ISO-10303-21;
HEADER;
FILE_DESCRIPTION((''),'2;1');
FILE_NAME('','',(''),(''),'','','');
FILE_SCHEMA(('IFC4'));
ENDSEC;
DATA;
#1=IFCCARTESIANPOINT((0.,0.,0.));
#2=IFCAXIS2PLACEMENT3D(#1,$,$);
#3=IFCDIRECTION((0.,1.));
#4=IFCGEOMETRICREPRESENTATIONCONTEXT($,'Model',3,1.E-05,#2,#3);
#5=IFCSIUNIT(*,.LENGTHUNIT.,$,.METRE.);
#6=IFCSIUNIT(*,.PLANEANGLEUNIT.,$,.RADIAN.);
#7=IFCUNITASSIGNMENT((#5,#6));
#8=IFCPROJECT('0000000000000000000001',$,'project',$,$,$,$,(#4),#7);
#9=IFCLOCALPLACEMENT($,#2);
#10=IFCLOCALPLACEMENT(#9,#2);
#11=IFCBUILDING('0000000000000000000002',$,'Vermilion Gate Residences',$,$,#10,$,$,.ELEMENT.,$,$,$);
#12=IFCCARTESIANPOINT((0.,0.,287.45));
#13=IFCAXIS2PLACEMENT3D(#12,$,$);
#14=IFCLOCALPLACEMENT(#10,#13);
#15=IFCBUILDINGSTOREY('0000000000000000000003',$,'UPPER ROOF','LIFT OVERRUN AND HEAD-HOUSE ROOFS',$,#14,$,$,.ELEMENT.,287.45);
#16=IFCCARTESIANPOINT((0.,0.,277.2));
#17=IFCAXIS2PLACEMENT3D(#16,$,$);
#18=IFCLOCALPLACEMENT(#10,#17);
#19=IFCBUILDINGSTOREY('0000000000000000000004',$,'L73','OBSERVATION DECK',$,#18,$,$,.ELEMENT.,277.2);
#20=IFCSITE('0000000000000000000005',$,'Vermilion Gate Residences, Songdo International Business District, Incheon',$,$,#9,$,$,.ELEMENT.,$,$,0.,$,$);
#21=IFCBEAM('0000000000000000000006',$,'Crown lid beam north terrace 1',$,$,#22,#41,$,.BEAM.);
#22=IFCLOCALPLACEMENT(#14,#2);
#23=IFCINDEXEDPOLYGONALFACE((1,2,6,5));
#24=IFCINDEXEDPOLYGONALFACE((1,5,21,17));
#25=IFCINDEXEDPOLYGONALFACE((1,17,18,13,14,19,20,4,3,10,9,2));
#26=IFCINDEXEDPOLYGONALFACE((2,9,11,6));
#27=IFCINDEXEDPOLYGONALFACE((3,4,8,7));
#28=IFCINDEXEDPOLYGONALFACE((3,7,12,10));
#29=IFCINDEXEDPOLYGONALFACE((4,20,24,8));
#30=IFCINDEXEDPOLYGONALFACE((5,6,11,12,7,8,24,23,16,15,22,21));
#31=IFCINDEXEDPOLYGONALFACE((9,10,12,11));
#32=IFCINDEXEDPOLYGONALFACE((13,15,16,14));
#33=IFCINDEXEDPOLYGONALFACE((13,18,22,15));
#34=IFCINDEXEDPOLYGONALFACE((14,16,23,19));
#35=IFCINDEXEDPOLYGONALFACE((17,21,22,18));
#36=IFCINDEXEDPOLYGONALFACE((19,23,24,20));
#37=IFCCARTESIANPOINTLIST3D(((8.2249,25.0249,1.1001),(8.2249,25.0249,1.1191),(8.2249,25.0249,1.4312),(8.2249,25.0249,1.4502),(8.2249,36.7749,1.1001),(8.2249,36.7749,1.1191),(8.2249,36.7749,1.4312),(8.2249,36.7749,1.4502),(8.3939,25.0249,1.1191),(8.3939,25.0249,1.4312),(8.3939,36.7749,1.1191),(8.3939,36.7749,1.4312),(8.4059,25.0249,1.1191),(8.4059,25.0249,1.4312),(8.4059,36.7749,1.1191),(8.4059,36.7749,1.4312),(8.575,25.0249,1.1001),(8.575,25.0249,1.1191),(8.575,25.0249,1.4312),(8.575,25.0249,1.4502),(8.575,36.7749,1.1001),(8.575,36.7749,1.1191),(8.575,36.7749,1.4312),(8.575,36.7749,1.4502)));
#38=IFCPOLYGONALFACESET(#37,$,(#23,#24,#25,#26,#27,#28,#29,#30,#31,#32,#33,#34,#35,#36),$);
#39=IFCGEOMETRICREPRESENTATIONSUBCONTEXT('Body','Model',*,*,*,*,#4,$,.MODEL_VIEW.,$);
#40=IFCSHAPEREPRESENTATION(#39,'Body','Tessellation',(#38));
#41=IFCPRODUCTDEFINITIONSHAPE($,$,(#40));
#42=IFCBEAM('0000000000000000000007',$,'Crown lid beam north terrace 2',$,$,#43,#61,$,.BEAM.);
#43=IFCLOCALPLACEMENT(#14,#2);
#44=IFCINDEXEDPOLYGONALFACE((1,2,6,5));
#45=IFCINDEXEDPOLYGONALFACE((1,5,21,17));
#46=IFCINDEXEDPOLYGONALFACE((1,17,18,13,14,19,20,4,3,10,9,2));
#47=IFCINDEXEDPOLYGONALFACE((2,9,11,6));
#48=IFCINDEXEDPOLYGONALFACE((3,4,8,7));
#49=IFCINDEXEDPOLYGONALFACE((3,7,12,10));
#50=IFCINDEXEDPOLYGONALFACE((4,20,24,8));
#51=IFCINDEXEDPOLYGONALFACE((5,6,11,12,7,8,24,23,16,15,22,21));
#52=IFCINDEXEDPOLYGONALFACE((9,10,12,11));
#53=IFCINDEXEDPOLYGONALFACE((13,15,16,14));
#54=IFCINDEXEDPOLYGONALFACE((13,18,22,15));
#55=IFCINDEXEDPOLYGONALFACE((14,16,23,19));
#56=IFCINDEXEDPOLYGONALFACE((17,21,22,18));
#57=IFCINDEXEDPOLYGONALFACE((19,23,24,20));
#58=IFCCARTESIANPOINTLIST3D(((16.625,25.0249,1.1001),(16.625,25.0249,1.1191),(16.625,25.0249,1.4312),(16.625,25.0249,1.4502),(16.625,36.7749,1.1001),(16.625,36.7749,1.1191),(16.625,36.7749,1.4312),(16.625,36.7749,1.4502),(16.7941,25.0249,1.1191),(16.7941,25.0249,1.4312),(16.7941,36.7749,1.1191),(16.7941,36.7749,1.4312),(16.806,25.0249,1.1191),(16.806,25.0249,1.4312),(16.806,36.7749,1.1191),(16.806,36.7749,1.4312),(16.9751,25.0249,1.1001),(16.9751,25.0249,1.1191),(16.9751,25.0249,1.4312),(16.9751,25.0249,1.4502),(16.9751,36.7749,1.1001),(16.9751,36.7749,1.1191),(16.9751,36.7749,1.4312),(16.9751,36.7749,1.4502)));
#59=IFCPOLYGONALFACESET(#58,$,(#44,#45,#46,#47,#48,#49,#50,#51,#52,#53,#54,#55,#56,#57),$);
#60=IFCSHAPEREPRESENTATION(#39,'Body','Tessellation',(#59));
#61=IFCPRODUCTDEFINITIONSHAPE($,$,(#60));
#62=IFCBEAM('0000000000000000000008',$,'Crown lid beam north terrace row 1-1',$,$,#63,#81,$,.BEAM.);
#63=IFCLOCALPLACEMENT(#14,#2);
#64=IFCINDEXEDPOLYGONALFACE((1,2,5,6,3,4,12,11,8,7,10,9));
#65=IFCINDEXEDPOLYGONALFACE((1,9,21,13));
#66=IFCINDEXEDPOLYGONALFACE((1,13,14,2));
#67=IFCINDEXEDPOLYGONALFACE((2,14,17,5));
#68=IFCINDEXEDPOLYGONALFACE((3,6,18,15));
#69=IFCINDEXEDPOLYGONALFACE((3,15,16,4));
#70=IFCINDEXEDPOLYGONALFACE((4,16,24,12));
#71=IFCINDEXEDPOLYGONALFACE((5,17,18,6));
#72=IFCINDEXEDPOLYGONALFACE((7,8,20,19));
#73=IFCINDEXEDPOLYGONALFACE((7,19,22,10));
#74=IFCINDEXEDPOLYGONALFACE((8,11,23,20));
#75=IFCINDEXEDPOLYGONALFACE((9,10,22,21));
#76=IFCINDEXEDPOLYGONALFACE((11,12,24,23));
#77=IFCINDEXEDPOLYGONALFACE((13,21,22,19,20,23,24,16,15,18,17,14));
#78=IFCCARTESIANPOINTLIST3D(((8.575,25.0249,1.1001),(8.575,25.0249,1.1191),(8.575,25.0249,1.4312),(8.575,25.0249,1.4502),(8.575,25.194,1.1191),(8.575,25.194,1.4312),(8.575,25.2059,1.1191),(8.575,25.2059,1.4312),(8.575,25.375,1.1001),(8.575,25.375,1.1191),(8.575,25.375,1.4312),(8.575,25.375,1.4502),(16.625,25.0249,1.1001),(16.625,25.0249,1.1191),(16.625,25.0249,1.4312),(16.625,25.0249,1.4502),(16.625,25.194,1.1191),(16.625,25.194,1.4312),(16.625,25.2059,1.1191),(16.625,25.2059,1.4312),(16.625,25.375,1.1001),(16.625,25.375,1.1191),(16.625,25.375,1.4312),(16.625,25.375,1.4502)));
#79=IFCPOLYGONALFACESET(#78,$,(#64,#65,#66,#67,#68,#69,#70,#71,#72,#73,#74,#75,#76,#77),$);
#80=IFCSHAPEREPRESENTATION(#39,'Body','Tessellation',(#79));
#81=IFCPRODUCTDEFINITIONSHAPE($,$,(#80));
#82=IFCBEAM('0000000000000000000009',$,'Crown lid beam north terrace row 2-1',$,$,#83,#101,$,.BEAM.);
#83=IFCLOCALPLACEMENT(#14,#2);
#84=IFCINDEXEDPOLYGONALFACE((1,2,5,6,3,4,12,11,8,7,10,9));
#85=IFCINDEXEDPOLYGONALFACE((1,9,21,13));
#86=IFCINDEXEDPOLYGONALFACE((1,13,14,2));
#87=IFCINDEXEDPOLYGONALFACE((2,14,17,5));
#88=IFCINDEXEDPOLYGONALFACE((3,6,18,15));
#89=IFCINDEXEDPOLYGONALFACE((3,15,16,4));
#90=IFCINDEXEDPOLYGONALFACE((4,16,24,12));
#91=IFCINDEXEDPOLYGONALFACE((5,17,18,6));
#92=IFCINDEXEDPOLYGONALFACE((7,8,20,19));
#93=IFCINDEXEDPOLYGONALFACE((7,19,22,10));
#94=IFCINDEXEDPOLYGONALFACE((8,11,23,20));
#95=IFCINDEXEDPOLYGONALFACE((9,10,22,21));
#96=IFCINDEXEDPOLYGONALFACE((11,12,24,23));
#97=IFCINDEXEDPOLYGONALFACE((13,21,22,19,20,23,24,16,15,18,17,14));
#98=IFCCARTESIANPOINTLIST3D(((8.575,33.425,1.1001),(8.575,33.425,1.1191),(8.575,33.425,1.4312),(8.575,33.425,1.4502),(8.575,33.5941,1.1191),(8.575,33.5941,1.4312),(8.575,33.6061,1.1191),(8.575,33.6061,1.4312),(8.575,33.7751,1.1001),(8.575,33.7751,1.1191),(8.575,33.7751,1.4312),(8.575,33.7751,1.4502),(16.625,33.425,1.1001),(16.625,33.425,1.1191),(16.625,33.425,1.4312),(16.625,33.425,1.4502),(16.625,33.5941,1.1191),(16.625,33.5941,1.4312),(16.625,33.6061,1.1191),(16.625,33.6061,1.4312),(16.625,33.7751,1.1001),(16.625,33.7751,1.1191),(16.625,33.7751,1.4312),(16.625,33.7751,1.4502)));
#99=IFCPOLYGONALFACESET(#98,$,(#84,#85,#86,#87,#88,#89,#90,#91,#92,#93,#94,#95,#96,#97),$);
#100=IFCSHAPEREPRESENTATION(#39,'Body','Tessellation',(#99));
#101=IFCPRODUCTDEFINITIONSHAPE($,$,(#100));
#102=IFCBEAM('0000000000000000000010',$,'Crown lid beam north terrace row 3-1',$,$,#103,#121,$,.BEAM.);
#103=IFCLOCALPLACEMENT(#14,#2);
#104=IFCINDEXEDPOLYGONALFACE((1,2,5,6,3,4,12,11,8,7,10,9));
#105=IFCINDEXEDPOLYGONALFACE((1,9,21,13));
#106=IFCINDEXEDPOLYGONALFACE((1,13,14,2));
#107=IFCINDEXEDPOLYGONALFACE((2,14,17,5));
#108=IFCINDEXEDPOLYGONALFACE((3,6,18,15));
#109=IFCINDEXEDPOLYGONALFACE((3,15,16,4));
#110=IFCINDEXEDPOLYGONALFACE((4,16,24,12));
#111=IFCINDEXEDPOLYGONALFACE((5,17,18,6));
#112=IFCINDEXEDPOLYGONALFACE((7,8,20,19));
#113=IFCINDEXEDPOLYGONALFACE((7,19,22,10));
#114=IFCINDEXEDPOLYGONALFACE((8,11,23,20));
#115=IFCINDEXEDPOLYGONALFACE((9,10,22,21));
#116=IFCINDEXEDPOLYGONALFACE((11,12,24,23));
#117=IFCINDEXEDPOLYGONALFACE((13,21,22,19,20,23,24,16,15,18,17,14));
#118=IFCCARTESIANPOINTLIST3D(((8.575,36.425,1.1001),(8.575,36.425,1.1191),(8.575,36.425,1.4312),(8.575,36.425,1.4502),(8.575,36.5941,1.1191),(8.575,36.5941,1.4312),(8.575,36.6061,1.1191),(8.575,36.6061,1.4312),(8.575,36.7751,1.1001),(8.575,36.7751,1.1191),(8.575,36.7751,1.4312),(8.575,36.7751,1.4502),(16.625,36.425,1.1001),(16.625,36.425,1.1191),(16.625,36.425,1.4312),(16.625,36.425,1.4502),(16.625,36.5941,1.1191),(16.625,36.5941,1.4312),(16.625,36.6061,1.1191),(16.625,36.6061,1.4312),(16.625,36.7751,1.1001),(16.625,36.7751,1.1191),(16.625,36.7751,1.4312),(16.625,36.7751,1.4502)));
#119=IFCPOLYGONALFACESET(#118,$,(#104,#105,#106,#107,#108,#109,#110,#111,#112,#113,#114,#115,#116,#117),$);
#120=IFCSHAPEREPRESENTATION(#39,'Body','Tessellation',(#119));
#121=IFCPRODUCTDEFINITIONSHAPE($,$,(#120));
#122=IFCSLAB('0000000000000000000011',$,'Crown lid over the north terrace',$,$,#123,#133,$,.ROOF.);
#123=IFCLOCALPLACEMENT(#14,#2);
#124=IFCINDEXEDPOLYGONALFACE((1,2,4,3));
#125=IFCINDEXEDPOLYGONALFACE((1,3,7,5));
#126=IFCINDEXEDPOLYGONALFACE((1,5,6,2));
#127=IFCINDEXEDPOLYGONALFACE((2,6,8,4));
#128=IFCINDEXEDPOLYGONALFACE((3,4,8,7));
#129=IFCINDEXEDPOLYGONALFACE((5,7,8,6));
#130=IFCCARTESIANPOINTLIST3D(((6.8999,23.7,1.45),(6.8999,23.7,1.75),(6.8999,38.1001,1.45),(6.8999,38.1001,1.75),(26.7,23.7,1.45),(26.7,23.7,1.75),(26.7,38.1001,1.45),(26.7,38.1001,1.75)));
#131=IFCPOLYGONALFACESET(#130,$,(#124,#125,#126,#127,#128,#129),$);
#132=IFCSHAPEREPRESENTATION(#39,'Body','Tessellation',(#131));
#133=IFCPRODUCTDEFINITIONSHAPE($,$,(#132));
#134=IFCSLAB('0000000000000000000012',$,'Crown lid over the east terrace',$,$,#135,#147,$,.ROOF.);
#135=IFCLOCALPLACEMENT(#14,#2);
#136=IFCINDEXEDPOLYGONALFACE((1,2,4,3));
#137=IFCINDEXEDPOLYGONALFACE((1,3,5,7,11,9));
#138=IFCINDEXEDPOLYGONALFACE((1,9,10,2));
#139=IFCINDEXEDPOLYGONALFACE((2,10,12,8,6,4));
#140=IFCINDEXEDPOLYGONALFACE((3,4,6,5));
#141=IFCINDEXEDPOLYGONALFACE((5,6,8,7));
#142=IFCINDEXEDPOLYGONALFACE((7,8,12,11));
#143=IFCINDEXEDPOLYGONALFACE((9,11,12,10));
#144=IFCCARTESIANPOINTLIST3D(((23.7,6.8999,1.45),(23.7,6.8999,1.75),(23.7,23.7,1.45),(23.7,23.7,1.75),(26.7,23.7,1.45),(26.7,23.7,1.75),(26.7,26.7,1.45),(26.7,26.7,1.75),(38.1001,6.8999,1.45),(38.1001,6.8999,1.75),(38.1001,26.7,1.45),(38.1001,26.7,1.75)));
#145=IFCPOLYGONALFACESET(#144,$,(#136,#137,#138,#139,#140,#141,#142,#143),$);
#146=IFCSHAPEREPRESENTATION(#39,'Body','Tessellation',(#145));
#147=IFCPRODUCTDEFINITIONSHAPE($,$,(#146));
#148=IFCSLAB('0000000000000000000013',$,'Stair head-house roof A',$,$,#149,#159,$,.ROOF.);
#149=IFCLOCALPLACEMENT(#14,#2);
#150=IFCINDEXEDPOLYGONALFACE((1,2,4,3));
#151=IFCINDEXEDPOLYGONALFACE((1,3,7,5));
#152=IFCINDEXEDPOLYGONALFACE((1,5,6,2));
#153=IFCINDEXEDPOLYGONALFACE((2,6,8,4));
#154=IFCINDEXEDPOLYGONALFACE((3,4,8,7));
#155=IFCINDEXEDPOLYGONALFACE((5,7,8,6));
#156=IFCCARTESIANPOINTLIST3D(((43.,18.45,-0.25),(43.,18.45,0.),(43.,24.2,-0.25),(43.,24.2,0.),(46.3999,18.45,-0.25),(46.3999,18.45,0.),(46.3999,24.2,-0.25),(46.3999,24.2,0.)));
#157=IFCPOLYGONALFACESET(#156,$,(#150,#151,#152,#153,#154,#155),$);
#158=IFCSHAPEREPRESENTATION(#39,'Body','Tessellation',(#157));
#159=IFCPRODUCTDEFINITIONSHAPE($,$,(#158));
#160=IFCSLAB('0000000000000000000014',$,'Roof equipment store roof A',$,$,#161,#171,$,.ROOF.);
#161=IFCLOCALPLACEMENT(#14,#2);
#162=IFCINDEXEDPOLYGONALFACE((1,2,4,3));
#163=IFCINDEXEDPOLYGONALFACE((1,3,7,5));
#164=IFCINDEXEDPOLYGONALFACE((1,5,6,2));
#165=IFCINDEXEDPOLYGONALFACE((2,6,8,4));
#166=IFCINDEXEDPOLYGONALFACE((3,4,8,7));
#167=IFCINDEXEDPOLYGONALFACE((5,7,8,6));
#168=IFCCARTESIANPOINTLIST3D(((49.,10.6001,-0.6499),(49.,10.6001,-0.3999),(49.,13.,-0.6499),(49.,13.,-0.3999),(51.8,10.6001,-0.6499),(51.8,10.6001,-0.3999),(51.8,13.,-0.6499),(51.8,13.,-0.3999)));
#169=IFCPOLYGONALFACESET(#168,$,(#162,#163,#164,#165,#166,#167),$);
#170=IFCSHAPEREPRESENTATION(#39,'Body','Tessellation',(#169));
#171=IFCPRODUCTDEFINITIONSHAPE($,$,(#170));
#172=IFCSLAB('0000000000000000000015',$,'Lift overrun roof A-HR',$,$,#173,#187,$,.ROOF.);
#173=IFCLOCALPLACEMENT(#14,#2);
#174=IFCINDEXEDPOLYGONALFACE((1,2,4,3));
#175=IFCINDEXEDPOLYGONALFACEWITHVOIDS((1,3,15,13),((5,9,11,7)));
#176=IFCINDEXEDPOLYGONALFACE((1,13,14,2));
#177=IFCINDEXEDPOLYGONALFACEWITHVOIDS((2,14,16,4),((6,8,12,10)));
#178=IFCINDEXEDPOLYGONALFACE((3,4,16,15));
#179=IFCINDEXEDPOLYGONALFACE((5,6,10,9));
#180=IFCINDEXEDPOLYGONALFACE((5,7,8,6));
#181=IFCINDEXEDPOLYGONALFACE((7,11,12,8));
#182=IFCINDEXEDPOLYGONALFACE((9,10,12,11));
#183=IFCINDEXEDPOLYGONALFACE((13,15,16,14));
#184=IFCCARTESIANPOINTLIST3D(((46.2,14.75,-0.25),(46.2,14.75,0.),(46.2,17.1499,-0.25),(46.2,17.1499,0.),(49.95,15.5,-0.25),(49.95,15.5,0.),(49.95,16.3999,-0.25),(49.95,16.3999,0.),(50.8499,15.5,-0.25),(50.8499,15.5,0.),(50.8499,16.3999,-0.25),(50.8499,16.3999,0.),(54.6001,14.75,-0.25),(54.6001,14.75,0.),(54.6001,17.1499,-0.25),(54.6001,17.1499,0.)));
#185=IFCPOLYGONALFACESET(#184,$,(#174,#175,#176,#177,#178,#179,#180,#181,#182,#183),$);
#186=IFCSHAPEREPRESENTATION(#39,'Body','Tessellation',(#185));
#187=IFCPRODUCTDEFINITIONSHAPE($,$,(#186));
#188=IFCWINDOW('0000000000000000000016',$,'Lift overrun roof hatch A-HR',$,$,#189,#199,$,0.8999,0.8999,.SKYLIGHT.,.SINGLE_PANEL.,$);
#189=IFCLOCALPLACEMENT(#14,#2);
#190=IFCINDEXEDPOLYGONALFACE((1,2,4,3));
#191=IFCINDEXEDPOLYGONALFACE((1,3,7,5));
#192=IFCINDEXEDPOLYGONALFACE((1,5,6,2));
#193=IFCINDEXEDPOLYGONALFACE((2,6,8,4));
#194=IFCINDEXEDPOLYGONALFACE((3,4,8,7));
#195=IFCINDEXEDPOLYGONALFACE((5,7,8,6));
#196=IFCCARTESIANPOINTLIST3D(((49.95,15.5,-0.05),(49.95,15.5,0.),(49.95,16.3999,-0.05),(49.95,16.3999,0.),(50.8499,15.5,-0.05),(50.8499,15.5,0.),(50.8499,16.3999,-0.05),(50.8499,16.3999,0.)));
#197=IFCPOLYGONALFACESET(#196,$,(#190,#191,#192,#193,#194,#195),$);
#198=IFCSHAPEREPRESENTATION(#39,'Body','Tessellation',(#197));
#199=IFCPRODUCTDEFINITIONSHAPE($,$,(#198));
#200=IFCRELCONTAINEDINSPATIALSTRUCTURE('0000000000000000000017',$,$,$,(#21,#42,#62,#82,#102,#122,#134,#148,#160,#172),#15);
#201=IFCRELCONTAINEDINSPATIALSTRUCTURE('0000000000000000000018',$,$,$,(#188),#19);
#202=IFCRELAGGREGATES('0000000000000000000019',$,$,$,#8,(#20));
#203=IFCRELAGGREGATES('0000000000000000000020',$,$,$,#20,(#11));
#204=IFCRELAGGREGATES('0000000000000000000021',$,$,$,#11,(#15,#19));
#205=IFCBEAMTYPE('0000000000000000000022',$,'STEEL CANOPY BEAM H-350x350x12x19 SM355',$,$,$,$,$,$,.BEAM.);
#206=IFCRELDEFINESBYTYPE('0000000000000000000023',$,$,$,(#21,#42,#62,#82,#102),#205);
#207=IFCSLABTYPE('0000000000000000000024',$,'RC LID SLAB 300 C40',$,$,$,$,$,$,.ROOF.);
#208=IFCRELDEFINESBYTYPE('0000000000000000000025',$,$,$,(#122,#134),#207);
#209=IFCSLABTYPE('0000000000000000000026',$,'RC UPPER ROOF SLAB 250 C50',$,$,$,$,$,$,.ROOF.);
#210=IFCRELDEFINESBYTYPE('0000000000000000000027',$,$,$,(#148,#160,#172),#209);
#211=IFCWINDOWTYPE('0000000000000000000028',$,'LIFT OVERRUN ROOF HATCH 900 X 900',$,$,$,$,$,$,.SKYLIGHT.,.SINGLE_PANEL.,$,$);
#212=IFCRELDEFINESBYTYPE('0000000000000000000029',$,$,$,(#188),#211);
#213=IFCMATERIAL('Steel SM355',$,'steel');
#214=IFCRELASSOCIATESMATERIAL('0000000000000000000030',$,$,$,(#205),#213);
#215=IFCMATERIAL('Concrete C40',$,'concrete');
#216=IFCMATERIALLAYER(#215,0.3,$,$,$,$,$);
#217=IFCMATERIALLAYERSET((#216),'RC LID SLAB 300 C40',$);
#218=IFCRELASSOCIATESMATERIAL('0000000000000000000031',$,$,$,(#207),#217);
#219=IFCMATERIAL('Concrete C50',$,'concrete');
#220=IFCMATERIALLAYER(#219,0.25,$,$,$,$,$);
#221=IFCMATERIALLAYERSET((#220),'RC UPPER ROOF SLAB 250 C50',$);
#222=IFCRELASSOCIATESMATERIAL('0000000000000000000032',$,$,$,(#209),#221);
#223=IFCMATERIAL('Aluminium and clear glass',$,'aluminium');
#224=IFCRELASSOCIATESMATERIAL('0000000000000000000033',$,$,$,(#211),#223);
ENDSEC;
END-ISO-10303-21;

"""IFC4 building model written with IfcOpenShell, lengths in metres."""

from ifc_helpers import new_model, si_unit, direction, frame, origin, origin_2d, place, context, subcontext, project, spatial, polyline, rectangle, i_section, outline, extrude, material, layer, layer_set, material_profile, profile_set, type_object, element, fill, save


model = new_model("IFC4")

# Units and contexts
model_context = context("Model", 3, precision=1e-05, world=origin(), true_north=direction((0.0, 1.0)))
body_context = subcontext(model_context, "Body", "Model", "MODEL_VIEW")
ifc_project = project(units=[si_unit("LENGTHUNIT", "METRE"), si_unit("PLANEANGLEUNIT", "RADIAN")], contexts=[model_context])

# Site, building, storey
site_placement = place(None, origin())
site = spatial("IfcSite", under=ifc_project, at=site_placement, Name="Vermilion Gate Residences, Songdo International Business District, Incheon", CompositionType="ELEMENT", RefElevation=0.0)
building_placement = place(site_placement, origin())
building = spatial("IfcBuilding", under=site, at=building_placement, Name="Vermilion Gate Residences", CompositionType="ELEMENT")
storey_1_placement = place(building_placement, frame((0.0, 0.0, 287.45)))
storey_1 = spatial("IfcBuildingStorey", under=building, at=storey_1_placement, Name="UPPER ROOF", Description="LIFT OVERRUN AND HEAD-HOUSE ROOFS", CompositionType="ELEMENT", Elevation=287.45)

# Beams
ifc_material_1 = material(Name="Steel SM355", Category="steel")
ifc_material_profile = material_profile(ifc_material_1, i_section(OverallWidth=0.3501, OverallDepth=0.3501, WebThickness=0.012, FlangeThickness=0.019, at=origin_2d()), Name="H-350x350x12x19")
ifc_profile_set = profile_set([ifc_material_profile], Name="Steel SM355")
beam_type = type_object("IfcBeamType", Name="STEEL CANOPY BEAM H-350x350x12x19 SM355", PredefinedType="BEAM", material=ifc_profile_set)
for number, where, z_axis, x_axis, name in (
    (1, (8.3999, 25.0249, 1.2751), (0.0, 1.0, 0.0), (-1.0, 0.0, 0.0), "Crown lid beam north terrace 1"),
    (2, (16.8, 25.0249, 1.2751), (0.0, 1.0, 0.0), (-1.0, 0.0, 0.0), "Crown lid beam north terrace 2"),
):
    element("IfcBeam", number, at=place(storey_1_placement, frame(where, z_axis=z_axis, x_axis=x_axis)), inside=storey_1, type_object=beam_type, Name=name, PredefinedType="BEAM", context=body_context, shape_type="SweptSolid", body=[
        extrude(i_section(OverallWidth=0.3501, OverallDepth=0.3501, WebThickness=0.012, FlangeThickness=0.019, at=origin_2d()), origin(), (0.0, 0.0, 1.0), 11.75),
    ])
for number, where, z_axis, x_axis, name in (
    (3, (8.575, 25.2, 1.2751), (1.0, 0.0, 0.0), (0.0, 1.0, 0.0), "Crown lid beam north terrace row 1-1"),
    (4, (8.575, 33.6001, 1.2751), (1.0, 0.0, 0.0), (0.0, 1.0, 0.0), "Crown lid beam north terrace row 2-1"),
    (5, (8.575, 36.6001, 1.2751), (1.0, 0.0, 0.0), (0.0, 1.0, 0.0), "Crown lid beam north terrace row 3-1"),
):
    element("IfcBeam", number, at=place(storey_1_placement, frame(where, z_axis=z_axis, x_axis=x_axis)), inside=storey_1, type_object=beam_type, Name=name, PredefinedType="BEAM", context=body_context, shape_type="SweptSolid", body=[
        extrude(i_section(OverallWidth=0.3501, OverallDepth=0.3501, WebThickness=0.012, FlangeThickness=0.019, at=origin_2d()), origin(), (0.0, 0.0, 1.0), 8.05),
    ])

# Slabs
ifc_material_2 = material(Name="Concrete C40", Category="concrete")
ifc_layer_1 = layer(ifc_material_2, 0.3)
ifc_layer_set_1 = layer_set([ifc_layer_1], Name="RC LID SLAB 300 C40")
slab_type_1 = type_object("IfcSlabType", Name="RC LID SLAB 300 C40", PredefinedType="ROOF", material=ifc_layer_set_1)
slab_1_placement = place(storey_1_placement, frame((0.0, 0.0, 1.45)))
element("IfcSlab", 6, at=slab_1_placement, inside=storey_1, type_object=slab_type_1, Name="Crown lid over the north terrace", PredefinedType="ROOF", context=body_context, shape_type="SweptSolid", body=[
    extrude(outline(polyline([(26.7, 23.7), (26.7, 38.1001), (6.8999, 38.1001), (6.8999, 23.7), (26.7, 23.7)])), origin(), (0.0, 0.0, 1.0), 0.3),
])
slab_2_placement = place(storey_1_placement, frame((0.0, 0.0, 1.45)))
element("IfcSlab", 7, at=slab_2_placement, inside=storey_1, type_object=slab_type_1, Name="Crown lid over the east terrace", PredefinedType="ROOF", context=body_context, shape_type="SweptSolid", body=[
    extrude(outline(polyline([(38.1001, 26.7), (26.7, 26.7), (26.7, 23.7), (23.7, 23.7), (23.7, 6.8999), (38.1001, 6.8999), (38.1001, 26.7)])), origin(), (0.0, 0.0, 1.0), 0.3),
])
ifc_material_3 = material(Name="Concrete C50", Category="concrete")
ifc_layer_2 = layer(ifc_material_3, 0.25)
ifc_layer_set_2 = layer_set([ifc_layer_2], Name="RC UPPER ROOF SLAB 250 C50")
slab_type_2 = type_object("IfcSlabType", Name="RC UPPER ROOF SLAB 250 C50", PredefinedType="ROOF", material=ifc_layer_set_2)
slab_3_placement = place(storey_1_placement, frame((0.0, 0.0, -0.25)))
element("IfcSlab", 8, at=slab_3_placement, inside=storey_1, type_object=slab_type_2, Name="Stair head-house roof A", PredefinedType="ROOF", context=body_context, shape_type="SweptSolid", body=[
    extrude(outline(polyline([(46.3999, 18.45), (46.3999, 24.2), (43.0, 24.2), (43.0, 18.45), (46.3999, 18.45)])), origin(), (0.0, 0.0, 1.0), 0.25),
])
slab_4_placement = place(storey_1_placement, frame((0.0, 0.0, -0.6499)))
element("IfcSlab", 9, at=slab_4_placement, inside=storey_1, type_object=slab_type_2, Name="Roof equipment store roof A", PredefinedType="ROOF", context=body_context, shape_type="SweptSolid", body=[
    extrude(outline(polyline([(51.8, 10.6001), (51.8, 13.0), (49.0, 13.0), (49.0, 10.6001), (51.8, 10.6001)])), origin(), (0.0, 0.0, 1.0), 0.25),
])

# Slab, opening
slab_5_placement = place(storey_1_placement, frame((0.0, 0.0, -0.25)))
slab_5 = element("IfcSlab", 10, at=slab_5_placement, inside=storey_1, type_object=slab_type_2, Name="Lift overrun roof A-HR", PredefinedType="ROOF", context=body_context, shape_type="SweptSolid", body=[
    extrude(outline(polyline([(54.6001, 14.75), (54.6001, 17.1499), (46.2, 17.1499), (46.2, 14.75), (54.6001, 14.75)])), origin(), (0.0, 0.0, 1.0), 0.25),
])
opening_1_placement = place(slab_5_placement, frame((50.3999, 15.95, 0.0)))
opening_1 = element("IfcOpeningElement", 11, at=opening_1_placement, cuts=slab_5, PredefinedType="OPENING", context=body_context, shape_type="SweptSolid", body=[
    extrude(rectangle(XDim=0.8999, YDim=0.8999, at=origin_2d()), origin(), (0.0, 0.0, 1.0), 0.25),
])

# Shared definitions
storey_2_placement = place(building_placement, frame((0.0, 0.0, 277.2)))
storey_2 = spatial("IfcBuildingStorey", under=building, at=storey_2_placement, Name="L73", Description="OBSERVATION DECK", CompositionType="ELEMENT", Elevation=277.2)

# Window
ifc_material_4 = material(Name="Aluminium and clear glass", Category="aluminium")
window_type = type_object("IfcWindowType", Name="LIFT OVERRUN ROOF HATCH 900 X 900", PartitioningType="SINGLE_PANEL", PredefinedType="SKYLIGHT", material=ifc_material_4)
window_1_placement = place(opening_1_placement, frame((0.0, 0.0, 0.2)))
window_1 = element("IfcWindow", 12, at=window_1_placement, inside=storey_2, type_object=window_type, Name="Lift overrun roof hatch A-HR", OverallHeight=0.8999, OverallWidth=0.8999, PartitioningType="SINGLE_PANEL", PredefinedType="SKYLIGHT", context=body_context, shape_type="SweptSolid", body=[
    extrude(rectangle(XDim=0.8999, YDim=0.8999, at=origin_2d()), origin(), (0.0, 0.0, 1.0), 0.05),
])
fill(opening_1, window_1)

save(model, "model.ifc")
